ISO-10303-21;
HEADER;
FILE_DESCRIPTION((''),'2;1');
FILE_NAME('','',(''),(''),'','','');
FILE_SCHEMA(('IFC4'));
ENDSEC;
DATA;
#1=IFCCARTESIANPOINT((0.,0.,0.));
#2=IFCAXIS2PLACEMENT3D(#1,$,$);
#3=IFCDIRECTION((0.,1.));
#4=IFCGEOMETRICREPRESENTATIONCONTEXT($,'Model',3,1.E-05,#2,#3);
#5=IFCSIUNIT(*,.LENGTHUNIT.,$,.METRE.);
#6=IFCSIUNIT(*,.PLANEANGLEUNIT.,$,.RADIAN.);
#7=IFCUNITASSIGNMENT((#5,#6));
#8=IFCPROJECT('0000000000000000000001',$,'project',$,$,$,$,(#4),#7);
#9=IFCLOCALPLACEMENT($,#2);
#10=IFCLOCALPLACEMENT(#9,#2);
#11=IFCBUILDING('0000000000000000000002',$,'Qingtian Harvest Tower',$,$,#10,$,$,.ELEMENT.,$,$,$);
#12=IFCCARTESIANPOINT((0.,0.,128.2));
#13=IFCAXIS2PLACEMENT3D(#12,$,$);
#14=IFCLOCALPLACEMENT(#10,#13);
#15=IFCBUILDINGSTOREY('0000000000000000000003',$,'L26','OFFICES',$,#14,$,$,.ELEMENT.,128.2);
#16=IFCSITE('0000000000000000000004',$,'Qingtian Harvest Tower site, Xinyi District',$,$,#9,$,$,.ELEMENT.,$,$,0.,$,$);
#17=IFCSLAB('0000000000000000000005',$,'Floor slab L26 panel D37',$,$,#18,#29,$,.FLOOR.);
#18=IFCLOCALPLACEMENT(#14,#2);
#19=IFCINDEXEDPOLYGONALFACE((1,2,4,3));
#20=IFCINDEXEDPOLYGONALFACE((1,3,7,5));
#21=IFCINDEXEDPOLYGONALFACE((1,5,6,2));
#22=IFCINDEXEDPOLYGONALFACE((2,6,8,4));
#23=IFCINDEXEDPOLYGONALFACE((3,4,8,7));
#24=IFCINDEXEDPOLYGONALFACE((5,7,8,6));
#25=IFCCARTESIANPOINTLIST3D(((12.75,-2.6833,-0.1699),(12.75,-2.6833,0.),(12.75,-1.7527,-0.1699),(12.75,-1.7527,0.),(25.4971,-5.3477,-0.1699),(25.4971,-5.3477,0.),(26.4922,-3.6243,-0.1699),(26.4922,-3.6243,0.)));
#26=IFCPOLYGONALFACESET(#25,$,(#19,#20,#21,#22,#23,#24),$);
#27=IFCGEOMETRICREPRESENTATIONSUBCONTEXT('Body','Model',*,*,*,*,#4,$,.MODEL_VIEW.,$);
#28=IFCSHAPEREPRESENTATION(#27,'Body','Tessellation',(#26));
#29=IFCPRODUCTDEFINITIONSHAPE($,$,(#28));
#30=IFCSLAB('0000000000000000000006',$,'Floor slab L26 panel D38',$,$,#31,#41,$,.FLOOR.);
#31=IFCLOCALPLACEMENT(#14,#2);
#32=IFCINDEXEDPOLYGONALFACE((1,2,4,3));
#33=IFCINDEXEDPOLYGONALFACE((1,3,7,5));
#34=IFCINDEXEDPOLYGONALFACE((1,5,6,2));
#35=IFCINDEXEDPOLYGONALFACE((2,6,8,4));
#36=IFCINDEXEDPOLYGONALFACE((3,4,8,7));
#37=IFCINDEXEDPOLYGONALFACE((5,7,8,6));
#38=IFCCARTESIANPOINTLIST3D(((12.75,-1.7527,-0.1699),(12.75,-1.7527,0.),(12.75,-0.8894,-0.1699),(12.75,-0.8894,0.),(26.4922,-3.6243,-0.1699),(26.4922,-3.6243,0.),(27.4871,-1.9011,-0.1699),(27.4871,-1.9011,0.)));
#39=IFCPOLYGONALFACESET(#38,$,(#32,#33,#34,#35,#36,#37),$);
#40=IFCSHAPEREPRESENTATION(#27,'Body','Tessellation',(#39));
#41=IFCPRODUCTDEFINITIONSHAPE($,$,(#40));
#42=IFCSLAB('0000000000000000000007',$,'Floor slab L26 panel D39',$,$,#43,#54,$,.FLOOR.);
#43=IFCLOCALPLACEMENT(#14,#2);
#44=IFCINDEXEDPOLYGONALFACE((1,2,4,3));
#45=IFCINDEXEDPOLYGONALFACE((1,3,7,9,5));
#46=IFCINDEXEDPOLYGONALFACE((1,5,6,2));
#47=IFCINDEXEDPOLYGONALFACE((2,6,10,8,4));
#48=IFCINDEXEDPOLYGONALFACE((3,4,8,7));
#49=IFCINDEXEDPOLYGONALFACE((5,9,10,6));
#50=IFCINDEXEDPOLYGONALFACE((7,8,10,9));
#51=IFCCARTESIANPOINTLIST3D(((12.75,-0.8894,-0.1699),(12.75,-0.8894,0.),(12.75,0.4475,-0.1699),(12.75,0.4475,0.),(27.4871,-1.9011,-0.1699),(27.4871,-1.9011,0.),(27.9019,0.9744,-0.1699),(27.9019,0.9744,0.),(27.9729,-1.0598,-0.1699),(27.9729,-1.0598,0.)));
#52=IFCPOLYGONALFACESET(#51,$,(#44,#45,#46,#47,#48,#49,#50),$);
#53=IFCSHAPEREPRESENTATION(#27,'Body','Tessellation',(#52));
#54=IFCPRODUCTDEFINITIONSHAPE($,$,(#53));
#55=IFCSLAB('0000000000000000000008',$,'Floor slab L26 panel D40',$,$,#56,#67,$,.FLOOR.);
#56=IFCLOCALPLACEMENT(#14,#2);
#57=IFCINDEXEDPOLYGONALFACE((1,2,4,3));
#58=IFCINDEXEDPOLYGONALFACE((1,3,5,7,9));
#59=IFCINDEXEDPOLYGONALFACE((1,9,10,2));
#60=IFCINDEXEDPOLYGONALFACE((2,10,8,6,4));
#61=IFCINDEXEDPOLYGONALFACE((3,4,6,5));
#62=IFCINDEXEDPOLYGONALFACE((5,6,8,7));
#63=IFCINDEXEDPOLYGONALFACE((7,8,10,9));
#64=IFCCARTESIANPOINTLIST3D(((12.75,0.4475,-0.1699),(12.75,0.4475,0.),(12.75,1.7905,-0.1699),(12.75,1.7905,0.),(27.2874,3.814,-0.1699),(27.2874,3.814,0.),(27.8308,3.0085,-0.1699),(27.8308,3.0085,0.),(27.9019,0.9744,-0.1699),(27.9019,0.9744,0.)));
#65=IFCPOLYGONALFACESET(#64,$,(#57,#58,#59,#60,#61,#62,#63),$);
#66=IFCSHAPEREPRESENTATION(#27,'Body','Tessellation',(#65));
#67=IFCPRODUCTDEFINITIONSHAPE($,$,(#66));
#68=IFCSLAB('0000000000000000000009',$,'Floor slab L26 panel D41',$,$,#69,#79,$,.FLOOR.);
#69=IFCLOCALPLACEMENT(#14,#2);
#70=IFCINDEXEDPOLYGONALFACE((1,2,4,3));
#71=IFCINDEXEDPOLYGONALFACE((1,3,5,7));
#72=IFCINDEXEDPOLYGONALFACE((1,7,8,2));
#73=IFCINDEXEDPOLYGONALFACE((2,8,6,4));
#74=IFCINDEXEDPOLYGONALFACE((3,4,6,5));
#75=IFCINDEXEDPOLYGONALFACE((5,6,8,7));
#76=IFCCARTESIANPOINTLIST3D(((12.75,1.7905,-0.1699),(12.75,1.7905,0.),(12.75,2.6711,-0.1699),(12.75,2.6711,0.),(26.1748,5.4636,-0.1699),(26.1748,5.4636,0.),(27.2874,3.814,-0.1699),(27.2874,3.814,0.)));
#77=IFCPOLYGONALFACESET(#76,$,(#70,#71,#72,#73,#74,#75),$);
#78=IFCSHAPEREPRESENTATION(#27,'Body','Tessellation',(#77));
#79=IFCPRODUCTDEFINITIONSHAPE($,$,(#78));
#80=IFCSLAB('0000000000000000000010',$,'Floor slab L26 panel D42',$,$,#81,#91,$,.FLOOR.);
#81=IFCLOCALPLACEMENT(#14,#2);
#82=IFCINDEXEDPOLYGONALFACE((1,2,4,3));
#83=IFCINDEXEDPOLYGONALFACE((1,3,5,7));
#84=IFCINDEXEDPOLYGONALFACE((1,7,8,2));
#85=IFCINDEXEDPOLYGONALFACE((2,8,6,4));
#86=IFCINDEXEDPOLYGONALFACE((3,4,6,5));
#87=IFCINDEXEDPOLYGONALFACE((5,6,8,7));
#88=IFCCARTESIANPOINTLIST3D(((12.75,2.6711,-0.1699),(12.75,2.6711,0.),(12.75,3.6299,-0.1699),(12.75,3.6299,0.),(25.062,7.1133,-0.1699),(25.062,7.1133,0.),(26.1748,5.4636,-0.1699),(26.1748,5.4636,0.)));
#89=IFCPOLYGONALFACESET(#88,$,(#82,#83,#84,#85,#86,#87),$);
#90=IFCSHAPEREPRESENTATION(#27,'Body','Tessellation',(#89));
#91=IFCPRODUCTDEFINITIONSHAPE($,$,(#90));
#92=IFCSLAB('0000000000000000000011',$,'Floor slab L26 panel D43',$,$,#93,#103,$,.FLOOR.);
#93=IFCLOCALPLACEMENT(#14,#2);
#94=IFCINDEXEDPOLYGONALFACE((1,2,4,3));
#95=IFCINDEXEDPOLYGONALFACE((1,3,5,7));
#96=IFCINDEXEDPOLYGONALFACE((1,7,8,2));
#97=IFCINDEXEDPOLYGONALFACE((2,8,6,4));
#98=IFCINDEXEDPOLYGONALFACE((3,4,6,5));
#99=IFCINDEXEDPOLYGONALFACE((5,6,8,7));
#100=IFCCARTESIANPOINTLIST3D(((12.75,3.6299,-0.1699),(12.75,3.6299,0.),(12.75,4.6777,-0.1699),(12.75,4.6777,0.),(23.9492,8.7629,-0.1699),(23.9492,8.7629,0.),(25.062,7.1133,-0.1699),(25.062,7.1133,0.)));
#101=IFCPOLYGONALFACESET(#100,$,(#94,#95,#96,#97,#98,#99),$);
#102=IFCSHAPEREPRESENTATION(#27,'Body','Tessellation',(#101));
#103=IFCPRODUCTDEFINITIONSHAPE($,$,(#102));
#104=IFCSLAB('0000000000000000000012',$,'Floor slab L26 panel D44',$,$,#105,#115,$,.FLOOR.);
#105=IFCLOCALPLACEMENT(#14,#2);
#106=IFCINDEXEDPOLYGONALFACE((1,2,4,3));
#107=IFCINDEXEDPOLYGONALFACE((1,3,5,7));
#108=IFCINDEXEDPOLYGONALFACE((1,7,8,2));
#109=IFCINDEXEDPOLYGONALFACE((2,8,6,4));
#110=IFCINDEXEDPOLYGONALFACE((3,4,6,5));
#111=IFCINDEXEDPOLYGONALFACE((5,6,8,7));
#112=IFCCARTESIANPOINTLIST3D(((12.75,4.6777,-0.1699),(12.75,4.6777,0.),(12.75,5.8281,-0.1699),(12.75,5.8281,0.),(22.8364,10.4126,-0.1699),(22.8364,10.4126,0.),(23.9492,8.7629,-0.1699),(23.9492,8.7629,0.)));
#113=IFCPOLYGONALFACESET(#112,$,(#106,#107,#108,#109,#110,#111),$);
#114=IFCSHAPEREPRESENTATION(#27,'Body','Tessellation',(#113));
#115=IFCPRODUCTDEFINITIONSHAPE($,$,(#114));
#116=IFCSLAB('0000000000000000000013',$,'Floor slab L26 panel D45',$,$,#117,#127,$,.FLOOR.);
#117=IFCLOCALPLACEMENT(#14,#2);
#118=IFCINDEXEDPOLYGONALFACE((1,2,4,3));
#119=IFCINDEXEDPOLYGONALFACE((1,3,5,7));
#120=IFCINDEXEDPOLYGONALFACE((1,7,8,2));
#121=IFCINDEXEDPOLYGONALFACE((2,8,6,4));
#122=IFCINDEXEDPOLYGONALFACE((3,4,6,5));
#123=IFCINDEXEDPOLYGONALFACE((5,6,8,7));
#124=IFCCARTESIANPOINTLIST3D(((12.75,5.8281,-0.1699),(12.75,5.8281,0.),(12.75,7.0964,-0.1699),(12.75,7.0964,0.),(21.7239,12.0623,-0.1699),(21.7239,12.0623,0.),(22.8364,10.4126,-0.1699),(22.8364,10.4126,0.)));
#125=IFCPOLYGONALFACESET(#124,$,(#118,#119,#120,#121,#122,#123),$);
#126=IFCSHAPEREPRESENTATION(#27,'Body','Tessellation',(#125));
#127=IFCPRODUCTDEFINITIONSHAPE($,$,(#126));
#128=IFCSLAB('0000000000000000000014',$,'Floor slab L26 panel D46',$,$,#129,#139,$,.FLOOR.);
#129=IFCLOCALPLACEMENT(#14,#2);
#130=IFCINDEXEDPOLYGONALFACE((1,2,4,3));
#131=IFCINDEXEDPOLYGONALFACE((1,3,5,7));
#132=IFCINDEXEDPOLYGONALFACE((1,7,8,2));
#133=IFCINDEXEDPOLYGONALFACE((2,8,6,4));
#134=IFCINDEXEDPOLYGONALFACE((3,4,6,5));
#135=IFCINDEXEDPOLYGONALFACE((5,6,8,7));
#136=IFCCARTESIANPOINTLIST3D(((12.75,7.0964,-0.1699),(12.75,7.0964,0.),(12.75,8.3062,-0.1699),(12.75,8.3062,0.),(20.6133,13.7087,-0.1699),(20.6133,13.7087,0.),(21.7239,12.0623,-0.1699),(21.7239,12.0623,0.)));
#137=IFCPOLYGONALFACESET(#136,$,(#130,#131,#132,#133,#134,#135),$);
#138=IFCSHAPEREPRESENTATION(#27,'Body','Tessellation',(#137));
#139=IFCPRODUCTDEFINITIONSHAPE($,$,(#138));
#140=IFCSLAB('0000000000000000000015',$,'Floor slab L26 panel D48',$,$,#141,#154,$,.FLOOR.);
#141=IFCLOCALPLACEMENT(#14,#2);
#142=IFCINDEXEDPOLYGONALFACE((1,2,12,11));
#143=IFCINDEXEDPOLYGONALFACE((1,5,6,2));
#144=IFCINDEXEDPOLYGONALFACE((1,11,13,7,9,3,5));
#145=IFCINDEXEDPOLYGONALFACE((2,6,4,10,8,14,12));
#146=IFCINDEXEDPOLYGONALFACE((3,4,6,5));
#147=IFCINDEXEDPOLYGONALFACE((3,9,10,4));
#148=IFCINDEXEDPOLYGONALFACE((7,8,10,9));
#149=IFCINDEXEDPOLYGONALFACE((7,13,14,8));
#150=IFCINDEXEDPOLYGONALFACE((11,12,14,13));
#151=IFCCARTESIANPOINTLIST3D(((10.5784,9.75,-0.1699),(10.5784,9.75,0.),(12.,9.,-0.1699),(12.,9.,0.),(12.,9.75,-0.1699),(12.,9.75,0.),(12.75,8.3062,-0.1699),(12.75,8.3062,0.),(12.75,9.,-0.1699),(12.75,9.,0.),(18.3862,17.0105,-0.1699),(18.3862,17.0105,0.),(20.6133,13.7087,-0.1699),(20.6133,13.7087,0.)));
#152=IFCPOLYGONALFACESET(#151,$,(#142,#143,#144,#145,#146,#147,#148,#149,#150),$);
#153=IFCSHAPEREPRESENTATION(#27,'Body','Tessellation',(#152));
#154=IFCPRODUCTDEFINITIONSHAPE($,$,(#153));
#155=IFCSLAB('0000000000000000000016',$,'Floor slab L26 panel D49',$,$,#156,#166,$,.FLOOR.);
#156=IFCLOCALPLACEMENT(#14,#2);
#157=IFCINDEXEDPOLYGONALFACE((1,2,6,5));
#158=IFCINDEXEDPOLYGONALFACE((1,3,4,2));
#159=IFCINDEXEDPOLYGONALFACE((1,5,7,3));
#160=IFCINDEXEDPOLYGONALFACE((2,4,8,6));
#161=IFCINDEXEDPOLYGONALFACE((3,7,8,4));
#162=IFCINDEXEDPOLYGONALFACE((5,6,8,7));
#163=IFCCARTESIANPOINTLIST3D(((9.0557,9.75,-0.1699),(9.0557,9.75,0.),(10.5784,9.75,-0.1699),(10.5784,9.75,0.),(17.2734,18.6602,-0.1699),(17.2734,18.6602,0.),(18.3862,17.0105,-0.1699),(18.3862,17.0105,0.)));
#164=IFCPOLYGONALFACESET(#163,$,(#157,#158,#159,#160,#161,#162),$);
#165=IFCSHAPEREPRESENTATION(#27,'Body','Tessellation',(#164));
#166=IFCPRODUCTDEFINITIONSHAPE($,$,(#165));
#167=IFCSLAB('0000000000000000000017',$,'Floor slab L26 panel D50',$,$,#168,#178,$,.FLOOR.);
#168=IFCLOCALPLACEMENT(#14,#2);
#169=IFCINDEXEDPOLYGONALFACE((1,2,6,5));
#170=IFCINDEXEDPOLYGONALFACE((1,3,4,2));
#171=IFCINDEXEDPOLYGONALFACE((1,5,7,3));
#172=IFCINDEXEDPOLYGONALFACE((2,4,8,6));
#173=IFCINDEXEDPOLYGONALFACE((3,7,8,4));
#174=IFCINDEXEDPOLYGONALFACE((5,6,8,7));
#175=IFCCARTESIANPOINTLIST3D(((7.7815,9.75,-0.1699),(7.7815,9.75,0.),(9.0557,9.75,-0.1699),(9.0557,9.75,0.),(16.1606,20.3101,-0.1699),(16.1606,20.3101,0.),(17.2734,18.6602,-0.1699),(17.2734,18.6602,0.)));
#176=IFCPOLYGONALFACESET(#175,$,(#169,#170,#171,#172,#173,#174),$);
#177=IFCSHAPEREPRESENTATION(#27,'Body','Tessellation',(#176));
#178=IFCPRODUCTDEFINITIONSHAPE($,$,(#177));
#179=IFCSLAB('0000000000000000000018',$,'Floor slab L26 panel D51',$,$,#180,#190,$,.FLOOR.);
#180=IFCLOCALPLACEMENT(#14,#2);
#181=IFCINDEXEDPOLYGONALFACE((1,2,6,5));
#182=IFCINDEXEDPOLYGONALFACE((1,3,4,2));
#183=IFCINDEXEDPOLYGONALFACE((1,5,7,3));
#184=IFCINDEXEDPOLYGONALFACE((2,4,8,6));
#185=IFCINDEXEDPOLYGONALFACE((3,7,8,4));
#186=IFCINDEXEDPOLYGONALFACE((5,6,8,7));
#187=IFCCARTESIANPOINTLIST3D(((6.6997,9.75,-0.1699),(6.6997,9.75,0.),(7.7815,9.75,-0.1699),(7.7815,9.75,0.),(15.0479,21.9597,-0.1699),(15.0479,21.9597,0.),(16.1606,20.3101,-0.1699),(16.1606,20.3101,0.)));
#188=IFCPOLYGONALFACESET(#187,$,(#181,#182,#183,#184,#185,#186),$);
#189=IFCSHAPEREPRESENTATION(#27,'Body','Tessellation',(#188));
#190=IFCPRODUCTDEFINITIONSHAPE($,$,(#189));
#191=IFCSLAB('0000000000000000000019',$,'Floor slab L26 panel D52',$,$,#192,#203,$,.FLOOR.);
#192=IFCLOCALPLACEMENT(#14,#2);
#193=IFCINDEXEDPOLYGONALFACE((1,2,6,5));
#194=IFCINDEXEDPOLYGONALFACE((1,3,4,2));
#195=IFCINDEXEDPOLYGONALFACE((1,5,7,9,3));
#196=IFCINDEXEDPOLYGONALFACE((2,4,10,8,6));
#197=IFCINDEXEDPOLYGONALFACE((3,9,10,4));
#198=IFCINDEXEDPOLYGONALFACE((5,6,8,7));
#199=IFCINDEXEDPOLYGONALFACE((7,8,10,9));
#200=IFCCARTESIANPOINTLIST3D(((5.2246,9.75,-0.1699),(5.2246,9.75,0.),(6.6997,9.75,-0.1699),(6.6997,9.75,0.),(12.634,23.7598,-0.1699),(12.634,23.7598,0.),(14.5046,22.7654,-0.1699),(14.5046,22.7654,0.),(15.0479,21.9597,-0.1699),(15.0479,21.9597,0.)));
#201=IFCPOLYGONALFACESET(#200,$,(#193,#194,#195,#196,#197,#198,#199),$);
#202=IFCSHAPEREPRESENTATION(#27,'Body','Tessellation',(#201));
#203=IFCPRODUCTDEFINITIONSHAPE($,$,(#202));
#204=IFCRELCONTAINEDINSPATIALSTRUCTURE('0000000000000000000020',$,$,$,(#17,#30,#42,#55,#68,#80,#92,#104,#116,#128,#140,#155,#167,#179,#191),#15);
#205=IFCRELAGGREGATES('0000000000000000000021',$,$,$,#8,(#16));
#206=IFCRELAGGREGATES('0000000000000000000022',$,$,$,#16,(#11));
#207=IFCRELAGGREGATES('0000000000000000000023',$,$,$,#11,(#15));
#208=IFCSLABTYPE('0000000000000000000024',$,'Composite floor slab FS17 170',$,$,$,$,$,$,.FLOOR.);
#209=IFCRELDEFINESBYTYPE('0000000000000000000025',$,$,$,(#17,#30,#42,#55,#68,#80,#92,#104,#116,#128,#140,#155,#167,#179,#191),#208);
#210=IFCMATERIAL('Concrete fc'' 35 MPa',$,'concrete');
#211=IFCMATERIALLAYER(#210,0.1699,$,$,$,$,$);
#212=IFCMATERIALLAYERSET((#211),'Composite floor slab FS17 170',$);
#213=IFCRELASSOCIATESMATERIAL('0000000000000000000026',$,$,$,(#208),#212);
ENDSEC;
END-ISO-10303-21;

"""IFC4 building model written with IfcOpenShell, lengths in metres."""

from ifc_helpers import new_model, si_unit, direction, frame, origin, place, context, subcontext, project, spatial, polyline, outline, extrude, material, layer, layer_set, type_object, element, save


model = new_model("IFC4")

# Units and contexts
model_context = context("Model", 3, precision=1e-05, world=origin(), true_north=direction((0.0, 1.0)))
body_context = subcontext(model_context, "Body", "Model", "MODEL_VIEW")
ifc_project = project(units=[si_unit("LENGTHUNIT", "METRE"), si_unit("PLANEANGLEUNIT", "RADIAN")], contexts=[model_context])

# Site, building, storey
site_placement = place(None, origin())
site = spatial("IfcSite", under=ifc_project, at=site_placement, Name="Qingtian Harvest Tower site, Xinyi District", CompositionType="ELEMENT", RefElevation=0.0)
building_placement = place(site_placement, origin())
building = spatial("IfcBuilding", under=site, at=building_placement, Name="Qingtian Harvest Tower", CompositionType="ELEMENT")
storey_placement = place(building_placement, frame((0.0, 0.0, 128.2)))
storey = spatial("IfcBuildingStorey", under=building, at=storey_placement, Name="L26", Description="OFFICES", CompositionType="ELEMENT", Elevation=128.2)

# Slabs
ifc_material_1 = material(Name="Concrete fc' 35 MPa", Category="concrete")
ifc_layer_1 = layer(ifc_material_1, 0.1699)
ifc_layer_set_1 = layer_set([ifc_layer_1], Name="Composite floor slab FS17 170")
slab_type = type_object("IfcSlabType", Name="Composite floor slab FS17 170", PredefinedType="FLOOR", material=ifc_layer_set_1)
slab_1_placement = place(storey_placement, frame((0.0, 0.0, -0.1699)))
element("IfcSlab", 1, at=slab_1_placement, inside=storey, type_object=slab_type, Name="Floor slab L26 panel D37", PredefinedType="FLOOR", context=body_context, shape_type="SweptSolid", body=[
    extrude(outline(polyline([(12.75, -1.7527), (26.4922, -3.6243), (25.4971, -5.3477), (12.75, -2.6833), (12.75, -1.7527)])), origin(), (0.0, 0.0, 1.0), 0.1699),
])
slab_2_placement = place(storey_placement, frame((0.0, 0.0, -0.1699)))
element("IfcSlab", 2, at=slab_2_placement, inside=storey, type_object=slab_type, Name="Floor slab L26 panel D38", PredefinedType="FLOOR", context=body_context, shape_type="SweptSolid", body=[
    extrude(outline(polyline([(12.75, -0.8894), (27.4871, -1.9011), (26.4922, -3.6243), (12.75, -1.7527), (12.75, -0.8894)])), origin(), (0.0, 0.0, 1.0), 0.1699),
])
slab_3_placement = place(storey_placement, frame((0.0, 0.0, -0.1699)))
element("IfcSlab", 3, at=slab_3_placement, inside=storey, type_object=slab_type, Name="Floor slab L26 panel D39", PredefinedType="FLOOR", context=body_context, shape_type="SweptSolid", body=[
    extrude(outline(polyline([(12.75, -0.8894), (12.75, 0.4475), (27.9019, 0.9744), (27.9729, -1.0598), (27.4871, -1.9011), (12.75, -0.8894)])), origin(), (0.0, 0.0, 1.0), 0.1699),
])
slab_4_placement = place(storey_placement, frame((0.0, 0.0, -0.1699)))
element("IfcSlab", 4, at=slab_4_placement, inside=storey, type_object=slab_type, Name="Floor slab L26 panel D40", PredefinedType="FLOOR", context=body_context, shape_type="SweptSolid", body=[
    extrude(outline(polyline([(12.75, 0.4475), (12.75, 1.7905), (27.2874, 3.814), (27.8308, 3.0085), (27.9019, 0.9744), (12.75, 0.4475)])), origin(), (0.0, 0.0, 1.0), 0.1699),
])
slab_5_placement = place(storey_placement, frame((0.0, 0.0, -0.1699)))
element("IfcSlab", 5, at=slab_5_placement, inside=storey, type_object=slab_type, Name="Floor slab L26 panel D41", PredefinedType="FLOOR", context=body_context, shape_type="SweptSolid", body=[
    extrude(outline(polyline([(12.75, 2.6711), (26.1748, 5.4636), (27.2874, 3.814), (12.75, 1.7905), (12.75, 2.6711)])), origin(), (0.0, 0.0, 1.0), 0.1699),
])
slab_6_placement = place(storey_placement, frame((0.0, 0.0, -0.1699)))
element("IfcSlab", 6, at=slab_6_placement, inside=storey, type_object=slab_type, Name="Floor slab L26 panel D42", PredefinedType="FLOOR", context=body_context, shape_type="SweptSolid", body=[
    extrude(outline(polyline([(12.75, 3.6299), (25.062, 7.1133), (26.1748, 5.4636), (12.75, 2.6711), (12.75, 3.6299)])), origin(), (0.0, 0.0, 1.0), 0.1699),
])
slab_7_placement = place(storey_placement, frame((0.0, 0.0, -0.1699)))
element("IfcSlab", 7, at=slab_7_placement, inside=storey, type_object=slab_type, Name="Floor slab L26 panel D43", PredefinedType="FLOOR", context=body_context, shape_type="SweptSolid", body=[
    extrude(outline(polyline([(12.75, 4.6777), (23.9492, 8.7629), (25.062, 7.1133), (12.75, 3.6299), (12.75, 4.6777)])), origin(), (0.0, 0.0, 1.0), 0.1699),
])
slab_8_placement = place(storey_placement, frame((0.0, 0.0, -0.1699)))
element("IfcSlab", 8, at=slab_8_placement, inside=storey, type_object=slab_type, Name="Floor slab L26 panel D44", PredefinedType="FLOOR", context=body_context, shape_type="SweptSolid", body=[
    extrude(outline(polyline([(12.75, 5.8281), (22.8364, 10.4126), (23.9492, 8.7629), (12.75, 4.6777), (12.75, 5.8281)])), origin(), (0.0, 0.0, 1.0), 0.1699),
])
slab_9_placement = place(storey_placement, frame((0.0, 0.0, -0.1699)))
element("IfcSlab", 9, at=slab_9_placement, inside=storey, type_object=slab_type, Name="Floor slab L26 panel D45", PredefinedType="FLOOR", context=body_context, shape_type="SweptSolid", body=[
    extrude(outline(polyline([(12.75, 7.0964), (21.7239, 12.0623), (22.8364, 10.4126), (12.75, 5.8281), (12.75, 7.0964)])), origin(), (0.0, 0.0, 1.0), 0.1699),
])
slab_10_placement = place(storey_placement, frame((0.0, 0.0, -0.1699)))
element("IfcSlab", 10, at=slab_10_placement, inside=storey, type_object=slab_type, Name="Floor slab L26 panel D46", PredefinedType="FLOOR", context=body_context, shape_type="SweptSolid", body=[
    extrude(outline(polyline([(12.75, 8.3062), (20.6133, 13.7087), (21.7239, 12.0623), (12.75, 7.0964), (12.75, 8.3062)])), origin(), (0.0, 0.0, 1.0), 0.1699),
])
slab_11_placement = place(storey_placement, frame((0.0, 0.0, -0.1699)))
element("IfcSlab", 11, at=slab_11_placement, inside=storey, type_object=slab_type, Name="Floor slab L26 panel D48", PredefinedType="FLOOR", context=body_context, shape_type="SweptSolid", body=[
    extrude(outline(polyline([(18.3862, 17.0105), (20.6133, 13.7087), (12.75, 8.3062), (12.75, 9.0), (12.0, 9.0), (12.0, 9.75), (10.5784, 9.75), (18.3862, 17.0105)])), origin(), (0.0, 0.0, 1.0), 0.1699),
])
slab_12_placement = place(storey_placement, frame((0.0, 0.0, -0.1699)))
element("IfcSlab", 12, at=slab_12_placement, inside=storey, type_object=slab_type, Name="Floor slab L26 panel D49", PredefinedType="FLOOR", context=body_context, shape_type="SweptSolid", body=[
    extrude(outline(polyline([(9.0557, 9.75), (17.2734, 18.6602), (18.3862, 17.0105), (10.5784, 9.75), (9.0557, 9.75)])), origin(), (0.0, 0.0, 1.0), 0.1699),
])
slab_13_placement = place(storey_placement, frame((0.0, 0.0, -0.1699)))
element("IfcSlab", 13, at=slab_13_placement, inside=storey, type_object=slab_type, Name="Floor slab L26 panel D50", PredefinedType="FLOOR", context=body_context, shape_type="SweptSolid", body=[
    extrude(outline(polyline([(7.7815, 9.75), (16.1606, 20.3101), (17.2734, 18.6602), (9.0557, 9.75), (7.7815, 9.75)])), origin(), (0.0, 0.0, 1.0), 0.1699),
])
slab_14_placement = place(storey_placement, frame((0.0, 0.0, -0.1699)))
element("IfcSlab", 14, at=slab_14_placement, inside=storey, type_object=slab_type, Name="Floor slab L26 panel D51", PredefinedType="FLOOR", context=body_context, shape_type="SweptSolid", body=[
    extrude(outline(polyline([(6.6997, 9.75), (15.0479, 21.9597), (16.1606, 20.3101), (7.7815, 9.75), (6.6997, 9.75)])), origin(), (0.0, 0.0, 1.0), 0.1699),
])
slab_15_placement = place(storey_placement, frame((0.0, 0.0, -0.1699)))
element("IfcSlab", 15, at=slab_15_placement, inside=storey, type_object=slab_type, Name="Floor slab L26 panel D52", PredefinedType="FLOOR", context=body_context, shape_type="SweptSolid", body=[
    extrude(outline(polyline([(6.6997, 9.75), (5.2246, 9.75), (12.634, 23.7598), (14.5046, 22.7654), (15.0479, 21.9597), (6.6997, 9.75)])), origin(), (0.0, 0.0, 1.0), 0.1699),
])

save(model, "model.ifc")
